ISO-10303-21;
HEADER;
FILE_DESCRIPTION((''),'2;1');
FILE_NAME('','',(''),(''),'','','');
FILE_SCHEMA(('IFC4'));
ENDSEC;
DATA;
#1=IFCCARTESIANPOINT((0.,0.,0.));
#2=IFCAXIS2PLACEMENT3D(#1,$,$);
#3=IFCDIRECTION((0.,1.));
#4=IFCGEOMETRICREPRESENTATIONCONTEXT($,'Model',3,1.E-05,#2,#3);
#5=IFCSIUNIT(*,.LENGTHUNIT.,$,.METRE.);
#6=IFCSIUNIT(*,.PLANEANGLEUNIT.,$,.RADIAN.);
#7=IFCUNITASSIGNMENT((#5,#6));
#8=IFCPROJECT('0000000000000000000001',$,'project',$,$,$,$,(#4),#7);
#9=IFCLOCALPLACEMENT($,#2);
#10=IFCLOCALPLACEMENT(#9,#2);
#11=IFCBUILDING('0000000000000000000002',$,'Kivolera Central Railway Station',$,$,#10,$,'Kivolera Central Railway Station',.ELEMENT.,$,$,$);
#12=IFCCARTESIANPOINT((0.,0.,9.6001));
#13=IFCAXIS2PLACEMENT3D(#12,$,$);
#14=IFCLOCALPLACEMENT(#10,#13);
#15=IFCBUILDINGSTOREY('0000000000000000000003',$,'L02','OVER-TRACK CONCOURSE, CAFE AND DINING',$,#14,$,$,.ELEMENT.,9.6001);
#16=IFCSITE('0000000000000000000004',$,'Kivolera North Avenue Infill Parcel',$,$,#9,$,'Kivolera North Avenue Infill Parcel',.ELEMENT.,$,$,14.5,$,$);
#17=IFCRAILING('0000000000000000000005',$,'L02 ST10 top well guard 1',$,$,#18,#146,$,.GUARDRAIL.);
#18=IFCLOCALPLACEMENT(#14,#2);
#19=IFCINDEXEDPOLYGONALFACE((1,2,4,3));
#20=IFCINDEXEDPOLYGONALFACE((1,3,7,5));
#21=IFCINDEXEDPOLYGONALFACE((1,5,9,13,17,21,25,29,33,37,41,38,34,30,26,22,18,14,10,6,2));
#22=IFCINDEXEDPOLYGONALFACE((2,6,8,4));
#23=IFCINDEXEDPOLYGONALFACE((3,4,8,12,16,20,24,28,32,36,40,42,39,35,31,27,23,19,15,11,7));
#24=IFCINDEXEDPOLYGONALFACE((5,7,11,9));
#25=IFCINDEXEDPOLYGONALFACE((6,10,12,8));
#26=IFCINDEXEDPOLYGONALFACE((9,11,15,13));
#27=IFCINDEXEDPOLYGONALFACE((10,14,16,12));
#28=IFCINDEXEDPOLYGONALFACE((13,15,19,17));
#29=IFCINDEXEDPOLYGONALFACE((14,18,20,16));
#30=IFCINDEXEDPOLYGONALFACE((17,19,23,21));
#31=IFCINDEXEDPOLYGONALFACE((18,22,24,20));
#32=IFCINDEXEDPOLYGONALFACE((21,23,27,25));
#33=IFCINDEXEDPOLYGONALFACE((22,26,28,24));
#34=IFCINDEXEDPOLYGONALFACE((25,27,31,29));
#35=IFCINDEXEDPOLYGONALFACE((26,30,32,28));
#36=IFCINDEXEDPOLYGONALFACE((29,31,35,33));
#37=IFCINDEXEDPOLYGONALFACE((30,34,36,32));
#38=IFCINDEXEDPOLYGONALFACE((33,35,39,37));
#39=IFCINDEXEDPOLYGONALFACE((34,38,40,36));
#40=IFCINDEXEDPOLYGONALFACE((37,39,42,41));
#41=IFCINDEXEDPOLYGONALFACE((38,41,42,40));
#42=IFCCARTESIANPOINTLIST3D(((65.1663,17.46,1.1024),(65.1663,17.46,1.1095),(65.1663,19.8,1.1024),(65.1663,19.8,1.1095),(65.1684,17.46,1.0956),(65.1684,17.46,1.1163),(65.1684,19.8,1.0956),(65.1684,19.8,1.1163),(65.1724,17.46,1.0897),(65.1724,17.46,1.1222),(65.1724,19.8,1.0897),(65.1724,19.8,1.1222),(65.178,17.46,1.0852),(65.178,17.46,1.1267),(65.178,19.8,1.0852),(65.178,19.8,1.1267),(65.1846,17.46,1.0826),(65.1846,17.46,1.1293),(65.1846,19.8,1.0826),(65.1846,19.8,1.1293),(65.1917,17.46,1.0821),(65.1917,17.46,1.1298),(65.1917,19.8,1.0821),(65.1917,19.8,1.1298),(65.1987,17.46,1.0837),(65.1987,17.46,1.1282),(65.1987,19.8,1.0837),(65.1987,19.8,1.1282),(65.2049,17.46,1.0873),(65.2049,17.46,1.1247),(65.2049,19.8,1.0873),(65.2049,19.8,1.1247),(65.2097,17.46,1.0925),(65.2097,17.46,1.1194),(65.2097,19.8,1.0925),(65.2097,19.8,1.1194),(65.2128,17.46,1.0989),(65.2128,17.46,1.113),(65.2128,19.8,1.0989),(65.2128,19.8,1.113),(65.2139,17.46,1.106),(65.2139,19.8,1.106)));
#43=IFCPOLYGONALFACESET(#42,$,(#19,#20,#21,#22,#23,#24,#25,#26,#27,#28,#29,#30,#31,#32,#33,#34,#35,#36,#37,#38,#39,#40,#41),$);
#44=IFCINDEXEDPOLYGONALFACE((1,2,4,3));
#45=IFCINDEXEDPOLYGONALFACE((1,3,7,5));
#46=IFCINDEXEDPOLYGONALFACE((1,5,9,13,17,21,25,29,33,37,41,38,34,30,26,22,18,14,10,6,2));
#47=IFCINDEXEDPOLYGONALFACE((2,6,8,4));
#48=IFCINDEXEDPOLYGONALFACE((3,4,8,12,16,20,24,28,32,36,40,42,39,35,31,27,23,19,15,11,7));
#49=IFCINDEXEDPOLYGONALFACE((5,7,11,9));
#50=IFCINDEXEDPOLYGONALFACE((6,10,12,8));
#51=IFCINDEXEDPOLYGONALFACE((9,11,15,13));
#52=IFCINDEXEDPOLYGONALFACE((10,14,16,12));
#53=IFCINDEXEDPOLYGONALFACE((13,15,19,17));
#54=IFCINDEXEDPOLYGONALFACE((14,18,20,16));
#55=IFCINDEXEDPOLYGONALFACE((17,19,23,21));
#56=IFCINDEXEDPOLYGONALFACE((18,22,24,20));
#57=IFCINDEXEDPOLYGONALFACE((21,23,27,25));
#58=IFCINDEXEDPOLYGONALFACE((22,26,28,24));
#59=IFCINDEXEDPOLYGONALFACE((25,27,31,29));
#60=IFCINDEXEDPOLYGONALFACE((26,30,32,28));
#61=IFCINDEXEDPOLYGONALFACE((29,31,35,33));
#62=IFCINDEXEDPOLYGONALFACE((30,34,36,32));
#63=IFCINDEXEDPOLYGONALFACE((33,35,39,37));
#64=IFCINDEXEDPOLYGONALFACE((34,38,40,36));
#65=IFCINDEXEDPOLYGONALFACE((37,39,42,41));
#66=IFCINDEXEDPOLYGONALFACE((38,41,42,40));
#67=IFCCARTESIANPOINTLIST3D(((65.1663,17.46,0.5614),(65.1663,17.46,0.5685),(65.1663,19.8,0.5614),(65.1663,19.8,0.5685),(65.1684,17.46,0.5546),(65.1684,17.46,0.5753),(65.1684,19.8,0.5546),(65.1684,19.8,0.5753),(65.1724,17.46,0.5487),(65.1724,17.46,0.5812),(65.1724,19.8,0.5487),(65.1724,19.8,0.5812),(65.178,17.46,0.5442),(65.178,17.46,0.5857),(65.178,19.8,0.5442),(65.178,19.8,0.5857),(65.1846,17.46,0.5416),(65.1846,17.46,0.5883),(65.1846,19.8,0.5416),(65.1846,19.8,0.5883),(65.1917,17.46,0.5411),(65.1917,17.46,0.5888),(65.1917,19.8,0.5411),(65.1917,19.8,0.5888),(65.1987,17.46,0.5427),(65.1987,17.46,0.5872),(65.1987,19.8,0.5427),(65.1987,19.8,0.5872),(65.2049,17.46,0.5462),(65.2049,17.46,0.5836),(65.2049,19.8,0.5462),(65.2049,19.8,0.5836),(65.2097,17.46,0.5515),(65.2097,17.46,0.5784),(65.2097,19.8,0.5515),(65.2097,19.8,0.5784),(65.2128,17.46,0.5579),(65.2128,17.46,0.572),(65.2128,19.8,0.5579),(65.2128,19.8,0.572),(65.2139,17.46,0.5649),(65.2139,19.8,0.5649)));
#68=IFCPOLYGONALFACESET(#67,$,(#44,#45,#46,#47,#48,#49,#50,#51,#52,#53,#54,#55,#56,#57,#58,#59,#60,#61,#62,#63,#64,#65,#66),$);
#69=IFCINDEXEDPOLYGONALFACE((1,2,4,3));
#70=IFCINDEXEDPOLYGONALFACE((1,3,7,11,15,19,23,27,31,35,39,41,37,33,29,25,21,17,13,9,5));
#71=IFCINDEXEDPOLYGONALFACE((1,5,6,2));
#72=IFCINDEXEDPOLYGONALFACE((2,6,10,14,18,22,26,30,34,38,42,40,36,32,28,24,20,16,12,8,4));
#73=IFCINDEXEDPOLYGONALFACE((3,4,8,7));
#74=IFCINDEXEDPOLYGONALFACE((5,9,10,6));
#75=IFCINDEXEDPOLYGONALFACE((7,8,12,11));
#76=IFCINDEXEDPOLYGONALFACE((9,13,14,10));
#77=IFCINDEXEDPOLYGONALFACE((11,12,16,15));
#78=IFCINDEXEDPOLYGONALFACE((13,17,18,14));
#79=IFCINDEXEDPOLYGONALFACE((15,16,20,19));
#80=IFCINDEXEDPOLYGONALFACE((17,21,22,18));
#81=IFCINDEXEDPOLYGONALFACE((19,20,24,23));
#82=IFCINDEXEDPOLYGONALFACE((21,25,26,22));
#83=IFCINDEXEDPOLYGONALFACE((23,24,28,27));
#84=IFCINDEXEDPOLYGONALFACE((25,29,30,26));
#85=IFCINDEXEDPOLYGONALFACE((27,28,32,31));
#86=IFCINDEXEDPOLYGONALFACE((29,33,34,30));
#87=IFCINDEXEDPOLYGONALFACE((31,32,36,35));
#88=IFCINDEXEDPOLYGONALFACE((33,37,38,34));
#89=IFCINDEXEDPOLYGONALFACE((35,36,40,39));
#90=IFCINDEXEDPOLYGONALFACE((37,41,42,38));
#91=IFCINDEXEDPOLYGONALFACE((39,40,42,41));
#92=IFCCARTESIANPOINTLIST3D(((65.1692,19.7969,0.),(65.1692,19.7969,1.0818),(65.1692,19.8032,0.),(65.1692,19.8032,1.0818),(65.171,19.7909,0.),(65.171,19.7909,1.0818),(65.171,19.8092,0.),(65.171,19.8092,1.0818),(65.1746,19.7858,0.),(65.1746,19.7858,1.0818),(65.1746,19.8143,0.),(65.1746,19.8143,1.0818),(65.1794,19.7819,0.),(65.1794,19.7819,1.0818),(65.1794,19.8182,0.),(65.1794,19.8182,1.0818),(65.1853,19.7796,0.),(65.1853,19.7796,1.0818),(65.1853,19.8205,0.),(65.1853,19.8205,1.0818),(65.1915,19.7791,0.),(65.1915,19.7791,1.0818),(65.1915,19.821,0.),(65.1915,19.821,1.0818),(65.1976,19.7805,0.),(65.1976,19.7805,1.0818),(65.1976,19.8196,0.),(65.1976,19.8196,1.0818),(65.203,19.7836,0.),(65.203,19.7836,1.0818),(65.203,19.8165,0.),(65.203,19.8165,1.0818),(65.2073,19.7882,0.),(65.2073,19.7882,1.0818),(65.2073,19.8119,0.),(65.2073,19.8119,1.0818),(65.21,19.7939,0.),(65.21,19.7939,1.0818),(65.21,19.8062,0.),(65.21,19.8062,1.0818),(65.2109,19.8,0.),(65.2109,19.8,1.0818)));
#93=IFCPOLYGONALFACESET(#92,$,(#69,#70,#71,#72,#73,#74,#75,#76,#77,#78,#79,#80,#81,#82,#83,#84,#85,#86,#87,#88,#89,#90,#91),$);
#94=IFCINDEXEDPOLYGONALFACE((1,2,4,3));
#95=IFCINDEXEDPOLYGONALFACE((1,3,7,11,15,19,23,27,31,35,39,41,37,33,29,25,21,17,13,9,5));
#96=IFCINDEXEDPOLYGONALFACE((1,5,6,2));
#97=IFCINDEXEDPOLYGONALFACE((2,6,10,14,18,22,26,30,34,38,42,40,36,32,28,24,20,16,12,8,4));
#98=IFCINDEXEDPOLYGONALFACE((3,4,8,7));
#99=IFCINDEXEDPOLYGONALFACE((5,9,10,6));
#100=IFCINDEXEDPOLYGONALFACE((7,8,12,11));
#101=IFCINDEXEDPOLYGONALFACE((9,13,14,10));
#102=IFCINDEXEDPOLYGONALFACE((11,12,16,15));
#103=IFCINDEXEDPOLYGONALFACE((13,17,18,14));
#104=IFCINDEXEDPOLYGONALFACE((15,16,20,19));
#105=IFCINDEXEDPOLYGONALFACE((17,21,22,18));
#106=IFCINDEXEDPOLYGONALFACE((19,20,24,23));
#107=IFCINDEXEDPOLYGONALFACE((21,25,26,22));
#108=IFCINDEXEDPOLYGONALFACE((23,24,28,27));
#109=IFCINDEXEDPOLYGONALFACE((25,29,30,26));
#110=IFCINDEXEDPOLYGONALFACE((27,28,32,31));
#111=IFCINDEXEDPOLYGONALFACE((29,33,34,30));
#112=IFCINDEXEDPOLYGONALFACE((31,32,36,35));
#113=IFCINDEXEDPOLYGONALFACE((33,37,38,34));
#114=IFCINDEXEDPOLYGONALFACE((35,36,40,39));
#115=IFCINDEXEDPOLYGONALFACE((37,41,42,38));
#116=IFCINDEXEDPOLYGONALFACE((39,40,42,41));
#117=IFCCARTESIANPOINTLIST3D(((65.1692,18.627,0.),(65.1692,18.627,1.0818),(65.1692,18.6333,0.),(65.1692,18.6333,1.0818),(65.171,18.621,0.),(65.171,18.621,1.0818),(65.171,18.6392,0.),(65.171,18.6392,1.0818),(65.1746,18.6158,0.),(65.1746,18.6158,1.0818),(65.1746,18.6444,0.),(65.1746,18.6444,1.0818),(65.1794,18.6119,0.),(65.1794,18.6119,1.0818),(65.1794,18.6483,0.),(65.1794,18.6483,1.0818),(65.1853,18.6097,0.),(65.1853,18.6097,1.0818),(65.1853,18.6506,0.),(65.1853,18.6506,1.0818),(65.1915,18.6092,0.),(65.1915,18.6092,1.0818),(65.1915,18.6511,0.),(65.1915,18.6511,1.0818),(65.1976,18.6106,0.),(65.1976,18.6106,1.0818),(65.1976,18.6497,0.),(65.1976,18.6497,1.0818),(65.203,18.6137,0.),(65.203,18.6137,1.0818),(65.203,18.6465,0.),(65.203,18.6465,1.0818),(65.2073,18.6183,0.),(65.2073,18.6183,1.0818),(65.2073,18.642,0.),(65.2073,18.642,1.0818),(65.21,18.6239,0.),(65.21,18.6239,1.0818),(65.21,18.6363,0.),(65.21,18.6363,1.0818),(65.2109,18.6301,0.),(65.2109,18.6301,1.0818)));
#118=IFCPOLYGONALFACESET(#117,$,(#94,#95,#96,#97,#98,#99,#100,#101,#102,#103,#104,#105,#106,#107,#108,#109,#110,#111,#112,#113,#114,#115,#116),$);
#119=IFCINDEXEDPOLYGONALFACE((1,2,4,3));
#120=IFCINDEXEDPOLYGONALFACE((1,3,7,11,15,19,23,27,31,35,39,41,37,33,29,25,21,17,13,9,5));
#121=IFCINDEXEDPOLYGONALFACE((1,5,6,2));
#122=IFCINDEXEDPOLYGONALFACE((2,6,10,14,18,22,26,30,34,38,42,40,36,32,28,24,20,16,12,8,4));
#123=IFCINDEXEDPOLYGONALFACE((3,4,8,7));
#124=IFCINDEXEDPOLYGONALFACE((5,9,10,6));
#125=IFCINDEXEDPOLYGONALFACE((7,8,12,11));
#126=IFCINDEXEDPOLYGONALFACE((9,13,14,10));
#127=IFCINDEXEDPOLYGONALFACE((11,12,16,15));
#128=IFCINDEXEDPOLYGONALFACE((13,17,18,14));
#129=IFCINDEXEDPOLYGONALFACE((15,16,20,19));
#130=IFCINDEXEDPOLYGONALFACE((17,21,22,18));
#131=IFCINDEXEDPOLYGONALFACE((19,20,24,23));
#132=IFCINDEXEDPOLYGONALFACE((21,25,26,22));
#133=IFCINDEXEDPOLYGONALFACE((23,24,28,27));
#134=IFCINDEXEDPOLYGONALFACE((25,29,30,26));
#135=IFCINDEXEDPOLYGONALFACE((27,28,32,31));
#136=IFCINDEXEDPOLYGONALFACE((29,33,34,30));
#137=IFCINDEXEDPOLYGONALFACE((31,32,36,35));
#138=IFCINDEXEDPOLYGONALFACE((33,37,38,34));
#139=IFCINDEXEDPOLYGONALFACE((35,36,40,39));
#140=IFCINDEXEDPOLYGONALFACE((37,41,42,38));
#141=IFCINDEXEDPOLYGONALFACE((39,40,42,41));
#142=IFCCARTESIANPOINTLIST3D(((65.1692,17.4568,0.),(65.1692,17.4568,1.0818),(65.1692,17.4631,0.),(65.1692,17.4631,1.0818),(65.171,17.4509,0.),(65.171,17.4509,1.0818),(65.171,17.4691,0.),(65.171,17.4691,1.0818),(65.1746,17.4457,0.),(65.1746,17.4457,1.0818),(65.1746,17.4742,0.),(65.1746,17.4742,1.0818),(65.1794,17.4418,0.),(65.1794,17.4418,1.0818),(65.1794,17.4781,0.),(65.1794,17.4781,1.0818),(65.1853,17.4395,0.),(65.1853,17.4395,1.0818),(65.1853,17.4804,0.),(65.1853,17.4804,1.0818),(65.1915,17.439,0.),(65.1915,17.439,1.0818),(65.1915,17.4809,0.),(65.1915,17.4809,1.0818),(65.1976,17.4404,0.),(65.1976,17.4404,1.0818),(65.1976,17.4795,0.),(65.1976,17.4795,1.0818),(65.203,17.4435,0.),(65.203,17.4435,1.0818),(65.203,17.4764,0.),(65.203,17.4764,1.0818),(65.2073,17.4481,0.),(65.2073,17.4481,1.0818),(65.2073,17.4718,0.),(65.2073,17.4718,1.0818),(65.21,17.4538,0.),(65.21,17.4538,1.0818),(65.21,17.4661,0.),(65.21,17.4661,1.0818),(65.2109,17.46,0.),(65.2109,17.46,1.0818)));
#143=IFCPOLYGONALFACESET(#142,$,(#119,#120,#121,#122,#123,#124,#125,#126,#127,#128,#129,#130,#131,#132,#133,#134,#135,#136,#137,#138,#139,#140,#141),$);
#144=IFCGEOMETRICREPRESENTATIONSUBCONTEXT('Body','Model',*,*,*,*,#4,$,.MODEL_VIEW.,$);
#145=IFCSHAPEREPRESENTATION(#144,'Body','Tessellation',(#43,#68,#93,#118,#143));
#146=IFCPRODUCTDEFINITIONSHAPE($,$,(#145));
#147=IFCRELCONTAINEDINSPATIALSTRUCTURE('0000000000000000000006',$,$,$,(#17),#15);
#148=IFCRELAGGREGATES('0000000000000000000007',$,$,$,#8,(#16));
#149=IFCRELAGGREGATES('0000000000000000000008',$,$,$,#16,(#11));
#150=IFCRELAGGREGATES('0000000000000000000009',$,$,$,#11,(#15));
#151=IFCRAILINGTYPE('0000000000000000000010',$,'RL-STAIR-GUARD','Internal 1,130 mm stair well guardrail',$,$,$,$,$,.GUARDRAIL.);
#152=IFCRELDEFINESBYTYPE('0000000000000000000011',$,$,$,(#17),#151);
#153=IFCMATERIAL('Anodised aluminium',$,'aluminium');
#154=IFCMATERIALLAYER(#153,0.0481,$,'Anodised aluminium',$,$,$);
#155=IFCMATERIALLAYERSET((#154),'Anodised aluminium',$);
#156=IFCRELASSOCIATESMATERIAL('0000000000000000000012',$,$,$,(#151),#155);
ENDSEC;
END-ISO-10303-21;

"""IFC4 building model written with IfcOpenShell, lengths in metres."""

from ifc_helpers import new_model, si_unit, direction, frame, origin, origin_2d, place, context, subcontext, project, spatial, circle, extrude, material, layer, layer_set, type_object, element, save


model = new_model("IFC4")

# Units and contexts
model_context = context("Model", 3, precision=1e-05, world=origin(), true_north=direction((0.0, 1.0)))
body_context = subcontext(model_context, "Body", "Model", "MODEL_VIEW")
ifc_project = project(units=[si_unit("LENGTHUNIT", "METRE"), si_unit("PLANEANGLEUNIT", "RADIAN")], contexts=[model_context])

# Site, building, storey
site_placement = place(None, origin())
site = spatial("IfcSite", under=ifc_project, at=site_placement, Name="Kivolera North Avenue Infill Parcel", LongName="Kivolera North Avenue Infill Parcel", CompositionType="ELEMENT", RefElevation=14.5)
building_placement = place(site_placement, origin())
building = spatial("IfcBuilding", under=site, at=building_placement, Name="Kivolera Central Railway Station", LongName="Kivolera Central Railway Station", CompositionType="ELEMENT")
storey_placement = place(building_placement, frame((0.0, 0.0, 9.6001)))
storey = spatial("IfcBuildingStorey", under=building, at=storey_placement, Name="L02", Description="OVER-TRACK CONCOURSE, CAFE AND DINING", CompositionType="ELEMENT", Elevation=9.6001)

# Shared definitions
ifc_material_1 = material(Name="Anodised aluminium", Category="aluminium")

# Railing
ifc_layer_1 = layer(ifc_material_1, 0.0481, Name="Anodised aluminium")
ifc_layer_set_1 = layer_set([ifc_layer_1], Name="Anodised aluminium")
railing_type = type_object("IfcRailingType", Name="RL-STAIR-GUARD", Description="Internal 1,130 mm stair well guardrail", PredefinedType="GUARDRAIL", material=ifc_layer_set_1)
for number, where, name in (
    (1, (65.1899, 19.8, 0.0), "L02 ST10 top well guard 1"),
):
    element("IfcRailing", number, at=place(storey_placement, frame(where)), inside=storey, type_object=railing_type, Name=name, PredefinedType="GUARDRAIL", context=body_context, shape_type="SweptSolid", body=[
        extrude(circle(Radius=0.0239, at=origin_2d()), frame((0.0, 0.0, 1.106), z_axis=(0.0, -1.0, 0.0), x_axis=(1.0, 0.0, 0.0)), (0.0, 0.0, 1.0), 2.3401),
        extrude(circle(Radius=0.0239, at=origin_2d()), frame((0.0, 0.0, 0.5649), z_axis=(0.0, -1.0, 0.0), x_axis=(1.0, 0.0, 0.0)), (0.0, 0.0, 1.0), 2.3401),
        extrude(circle(Radius=0.021, at=origin_2d()), origin(), (0.0, 0.0, 1.0), 1.0818),
        extrude(circle(Radius=0.021, at=origin_2d()), frame((0.0, -1.1699, 0.0)), (0.0, 0.0, 1.0), 1.0818),
        extrude(circle(Radius=0.021, at=origin_2d()), frame((0.0, -2.3401, 0.0)), (0.0, 0.0, 1.0), 1.0818),
    ])

save(model, "model.ifc")
